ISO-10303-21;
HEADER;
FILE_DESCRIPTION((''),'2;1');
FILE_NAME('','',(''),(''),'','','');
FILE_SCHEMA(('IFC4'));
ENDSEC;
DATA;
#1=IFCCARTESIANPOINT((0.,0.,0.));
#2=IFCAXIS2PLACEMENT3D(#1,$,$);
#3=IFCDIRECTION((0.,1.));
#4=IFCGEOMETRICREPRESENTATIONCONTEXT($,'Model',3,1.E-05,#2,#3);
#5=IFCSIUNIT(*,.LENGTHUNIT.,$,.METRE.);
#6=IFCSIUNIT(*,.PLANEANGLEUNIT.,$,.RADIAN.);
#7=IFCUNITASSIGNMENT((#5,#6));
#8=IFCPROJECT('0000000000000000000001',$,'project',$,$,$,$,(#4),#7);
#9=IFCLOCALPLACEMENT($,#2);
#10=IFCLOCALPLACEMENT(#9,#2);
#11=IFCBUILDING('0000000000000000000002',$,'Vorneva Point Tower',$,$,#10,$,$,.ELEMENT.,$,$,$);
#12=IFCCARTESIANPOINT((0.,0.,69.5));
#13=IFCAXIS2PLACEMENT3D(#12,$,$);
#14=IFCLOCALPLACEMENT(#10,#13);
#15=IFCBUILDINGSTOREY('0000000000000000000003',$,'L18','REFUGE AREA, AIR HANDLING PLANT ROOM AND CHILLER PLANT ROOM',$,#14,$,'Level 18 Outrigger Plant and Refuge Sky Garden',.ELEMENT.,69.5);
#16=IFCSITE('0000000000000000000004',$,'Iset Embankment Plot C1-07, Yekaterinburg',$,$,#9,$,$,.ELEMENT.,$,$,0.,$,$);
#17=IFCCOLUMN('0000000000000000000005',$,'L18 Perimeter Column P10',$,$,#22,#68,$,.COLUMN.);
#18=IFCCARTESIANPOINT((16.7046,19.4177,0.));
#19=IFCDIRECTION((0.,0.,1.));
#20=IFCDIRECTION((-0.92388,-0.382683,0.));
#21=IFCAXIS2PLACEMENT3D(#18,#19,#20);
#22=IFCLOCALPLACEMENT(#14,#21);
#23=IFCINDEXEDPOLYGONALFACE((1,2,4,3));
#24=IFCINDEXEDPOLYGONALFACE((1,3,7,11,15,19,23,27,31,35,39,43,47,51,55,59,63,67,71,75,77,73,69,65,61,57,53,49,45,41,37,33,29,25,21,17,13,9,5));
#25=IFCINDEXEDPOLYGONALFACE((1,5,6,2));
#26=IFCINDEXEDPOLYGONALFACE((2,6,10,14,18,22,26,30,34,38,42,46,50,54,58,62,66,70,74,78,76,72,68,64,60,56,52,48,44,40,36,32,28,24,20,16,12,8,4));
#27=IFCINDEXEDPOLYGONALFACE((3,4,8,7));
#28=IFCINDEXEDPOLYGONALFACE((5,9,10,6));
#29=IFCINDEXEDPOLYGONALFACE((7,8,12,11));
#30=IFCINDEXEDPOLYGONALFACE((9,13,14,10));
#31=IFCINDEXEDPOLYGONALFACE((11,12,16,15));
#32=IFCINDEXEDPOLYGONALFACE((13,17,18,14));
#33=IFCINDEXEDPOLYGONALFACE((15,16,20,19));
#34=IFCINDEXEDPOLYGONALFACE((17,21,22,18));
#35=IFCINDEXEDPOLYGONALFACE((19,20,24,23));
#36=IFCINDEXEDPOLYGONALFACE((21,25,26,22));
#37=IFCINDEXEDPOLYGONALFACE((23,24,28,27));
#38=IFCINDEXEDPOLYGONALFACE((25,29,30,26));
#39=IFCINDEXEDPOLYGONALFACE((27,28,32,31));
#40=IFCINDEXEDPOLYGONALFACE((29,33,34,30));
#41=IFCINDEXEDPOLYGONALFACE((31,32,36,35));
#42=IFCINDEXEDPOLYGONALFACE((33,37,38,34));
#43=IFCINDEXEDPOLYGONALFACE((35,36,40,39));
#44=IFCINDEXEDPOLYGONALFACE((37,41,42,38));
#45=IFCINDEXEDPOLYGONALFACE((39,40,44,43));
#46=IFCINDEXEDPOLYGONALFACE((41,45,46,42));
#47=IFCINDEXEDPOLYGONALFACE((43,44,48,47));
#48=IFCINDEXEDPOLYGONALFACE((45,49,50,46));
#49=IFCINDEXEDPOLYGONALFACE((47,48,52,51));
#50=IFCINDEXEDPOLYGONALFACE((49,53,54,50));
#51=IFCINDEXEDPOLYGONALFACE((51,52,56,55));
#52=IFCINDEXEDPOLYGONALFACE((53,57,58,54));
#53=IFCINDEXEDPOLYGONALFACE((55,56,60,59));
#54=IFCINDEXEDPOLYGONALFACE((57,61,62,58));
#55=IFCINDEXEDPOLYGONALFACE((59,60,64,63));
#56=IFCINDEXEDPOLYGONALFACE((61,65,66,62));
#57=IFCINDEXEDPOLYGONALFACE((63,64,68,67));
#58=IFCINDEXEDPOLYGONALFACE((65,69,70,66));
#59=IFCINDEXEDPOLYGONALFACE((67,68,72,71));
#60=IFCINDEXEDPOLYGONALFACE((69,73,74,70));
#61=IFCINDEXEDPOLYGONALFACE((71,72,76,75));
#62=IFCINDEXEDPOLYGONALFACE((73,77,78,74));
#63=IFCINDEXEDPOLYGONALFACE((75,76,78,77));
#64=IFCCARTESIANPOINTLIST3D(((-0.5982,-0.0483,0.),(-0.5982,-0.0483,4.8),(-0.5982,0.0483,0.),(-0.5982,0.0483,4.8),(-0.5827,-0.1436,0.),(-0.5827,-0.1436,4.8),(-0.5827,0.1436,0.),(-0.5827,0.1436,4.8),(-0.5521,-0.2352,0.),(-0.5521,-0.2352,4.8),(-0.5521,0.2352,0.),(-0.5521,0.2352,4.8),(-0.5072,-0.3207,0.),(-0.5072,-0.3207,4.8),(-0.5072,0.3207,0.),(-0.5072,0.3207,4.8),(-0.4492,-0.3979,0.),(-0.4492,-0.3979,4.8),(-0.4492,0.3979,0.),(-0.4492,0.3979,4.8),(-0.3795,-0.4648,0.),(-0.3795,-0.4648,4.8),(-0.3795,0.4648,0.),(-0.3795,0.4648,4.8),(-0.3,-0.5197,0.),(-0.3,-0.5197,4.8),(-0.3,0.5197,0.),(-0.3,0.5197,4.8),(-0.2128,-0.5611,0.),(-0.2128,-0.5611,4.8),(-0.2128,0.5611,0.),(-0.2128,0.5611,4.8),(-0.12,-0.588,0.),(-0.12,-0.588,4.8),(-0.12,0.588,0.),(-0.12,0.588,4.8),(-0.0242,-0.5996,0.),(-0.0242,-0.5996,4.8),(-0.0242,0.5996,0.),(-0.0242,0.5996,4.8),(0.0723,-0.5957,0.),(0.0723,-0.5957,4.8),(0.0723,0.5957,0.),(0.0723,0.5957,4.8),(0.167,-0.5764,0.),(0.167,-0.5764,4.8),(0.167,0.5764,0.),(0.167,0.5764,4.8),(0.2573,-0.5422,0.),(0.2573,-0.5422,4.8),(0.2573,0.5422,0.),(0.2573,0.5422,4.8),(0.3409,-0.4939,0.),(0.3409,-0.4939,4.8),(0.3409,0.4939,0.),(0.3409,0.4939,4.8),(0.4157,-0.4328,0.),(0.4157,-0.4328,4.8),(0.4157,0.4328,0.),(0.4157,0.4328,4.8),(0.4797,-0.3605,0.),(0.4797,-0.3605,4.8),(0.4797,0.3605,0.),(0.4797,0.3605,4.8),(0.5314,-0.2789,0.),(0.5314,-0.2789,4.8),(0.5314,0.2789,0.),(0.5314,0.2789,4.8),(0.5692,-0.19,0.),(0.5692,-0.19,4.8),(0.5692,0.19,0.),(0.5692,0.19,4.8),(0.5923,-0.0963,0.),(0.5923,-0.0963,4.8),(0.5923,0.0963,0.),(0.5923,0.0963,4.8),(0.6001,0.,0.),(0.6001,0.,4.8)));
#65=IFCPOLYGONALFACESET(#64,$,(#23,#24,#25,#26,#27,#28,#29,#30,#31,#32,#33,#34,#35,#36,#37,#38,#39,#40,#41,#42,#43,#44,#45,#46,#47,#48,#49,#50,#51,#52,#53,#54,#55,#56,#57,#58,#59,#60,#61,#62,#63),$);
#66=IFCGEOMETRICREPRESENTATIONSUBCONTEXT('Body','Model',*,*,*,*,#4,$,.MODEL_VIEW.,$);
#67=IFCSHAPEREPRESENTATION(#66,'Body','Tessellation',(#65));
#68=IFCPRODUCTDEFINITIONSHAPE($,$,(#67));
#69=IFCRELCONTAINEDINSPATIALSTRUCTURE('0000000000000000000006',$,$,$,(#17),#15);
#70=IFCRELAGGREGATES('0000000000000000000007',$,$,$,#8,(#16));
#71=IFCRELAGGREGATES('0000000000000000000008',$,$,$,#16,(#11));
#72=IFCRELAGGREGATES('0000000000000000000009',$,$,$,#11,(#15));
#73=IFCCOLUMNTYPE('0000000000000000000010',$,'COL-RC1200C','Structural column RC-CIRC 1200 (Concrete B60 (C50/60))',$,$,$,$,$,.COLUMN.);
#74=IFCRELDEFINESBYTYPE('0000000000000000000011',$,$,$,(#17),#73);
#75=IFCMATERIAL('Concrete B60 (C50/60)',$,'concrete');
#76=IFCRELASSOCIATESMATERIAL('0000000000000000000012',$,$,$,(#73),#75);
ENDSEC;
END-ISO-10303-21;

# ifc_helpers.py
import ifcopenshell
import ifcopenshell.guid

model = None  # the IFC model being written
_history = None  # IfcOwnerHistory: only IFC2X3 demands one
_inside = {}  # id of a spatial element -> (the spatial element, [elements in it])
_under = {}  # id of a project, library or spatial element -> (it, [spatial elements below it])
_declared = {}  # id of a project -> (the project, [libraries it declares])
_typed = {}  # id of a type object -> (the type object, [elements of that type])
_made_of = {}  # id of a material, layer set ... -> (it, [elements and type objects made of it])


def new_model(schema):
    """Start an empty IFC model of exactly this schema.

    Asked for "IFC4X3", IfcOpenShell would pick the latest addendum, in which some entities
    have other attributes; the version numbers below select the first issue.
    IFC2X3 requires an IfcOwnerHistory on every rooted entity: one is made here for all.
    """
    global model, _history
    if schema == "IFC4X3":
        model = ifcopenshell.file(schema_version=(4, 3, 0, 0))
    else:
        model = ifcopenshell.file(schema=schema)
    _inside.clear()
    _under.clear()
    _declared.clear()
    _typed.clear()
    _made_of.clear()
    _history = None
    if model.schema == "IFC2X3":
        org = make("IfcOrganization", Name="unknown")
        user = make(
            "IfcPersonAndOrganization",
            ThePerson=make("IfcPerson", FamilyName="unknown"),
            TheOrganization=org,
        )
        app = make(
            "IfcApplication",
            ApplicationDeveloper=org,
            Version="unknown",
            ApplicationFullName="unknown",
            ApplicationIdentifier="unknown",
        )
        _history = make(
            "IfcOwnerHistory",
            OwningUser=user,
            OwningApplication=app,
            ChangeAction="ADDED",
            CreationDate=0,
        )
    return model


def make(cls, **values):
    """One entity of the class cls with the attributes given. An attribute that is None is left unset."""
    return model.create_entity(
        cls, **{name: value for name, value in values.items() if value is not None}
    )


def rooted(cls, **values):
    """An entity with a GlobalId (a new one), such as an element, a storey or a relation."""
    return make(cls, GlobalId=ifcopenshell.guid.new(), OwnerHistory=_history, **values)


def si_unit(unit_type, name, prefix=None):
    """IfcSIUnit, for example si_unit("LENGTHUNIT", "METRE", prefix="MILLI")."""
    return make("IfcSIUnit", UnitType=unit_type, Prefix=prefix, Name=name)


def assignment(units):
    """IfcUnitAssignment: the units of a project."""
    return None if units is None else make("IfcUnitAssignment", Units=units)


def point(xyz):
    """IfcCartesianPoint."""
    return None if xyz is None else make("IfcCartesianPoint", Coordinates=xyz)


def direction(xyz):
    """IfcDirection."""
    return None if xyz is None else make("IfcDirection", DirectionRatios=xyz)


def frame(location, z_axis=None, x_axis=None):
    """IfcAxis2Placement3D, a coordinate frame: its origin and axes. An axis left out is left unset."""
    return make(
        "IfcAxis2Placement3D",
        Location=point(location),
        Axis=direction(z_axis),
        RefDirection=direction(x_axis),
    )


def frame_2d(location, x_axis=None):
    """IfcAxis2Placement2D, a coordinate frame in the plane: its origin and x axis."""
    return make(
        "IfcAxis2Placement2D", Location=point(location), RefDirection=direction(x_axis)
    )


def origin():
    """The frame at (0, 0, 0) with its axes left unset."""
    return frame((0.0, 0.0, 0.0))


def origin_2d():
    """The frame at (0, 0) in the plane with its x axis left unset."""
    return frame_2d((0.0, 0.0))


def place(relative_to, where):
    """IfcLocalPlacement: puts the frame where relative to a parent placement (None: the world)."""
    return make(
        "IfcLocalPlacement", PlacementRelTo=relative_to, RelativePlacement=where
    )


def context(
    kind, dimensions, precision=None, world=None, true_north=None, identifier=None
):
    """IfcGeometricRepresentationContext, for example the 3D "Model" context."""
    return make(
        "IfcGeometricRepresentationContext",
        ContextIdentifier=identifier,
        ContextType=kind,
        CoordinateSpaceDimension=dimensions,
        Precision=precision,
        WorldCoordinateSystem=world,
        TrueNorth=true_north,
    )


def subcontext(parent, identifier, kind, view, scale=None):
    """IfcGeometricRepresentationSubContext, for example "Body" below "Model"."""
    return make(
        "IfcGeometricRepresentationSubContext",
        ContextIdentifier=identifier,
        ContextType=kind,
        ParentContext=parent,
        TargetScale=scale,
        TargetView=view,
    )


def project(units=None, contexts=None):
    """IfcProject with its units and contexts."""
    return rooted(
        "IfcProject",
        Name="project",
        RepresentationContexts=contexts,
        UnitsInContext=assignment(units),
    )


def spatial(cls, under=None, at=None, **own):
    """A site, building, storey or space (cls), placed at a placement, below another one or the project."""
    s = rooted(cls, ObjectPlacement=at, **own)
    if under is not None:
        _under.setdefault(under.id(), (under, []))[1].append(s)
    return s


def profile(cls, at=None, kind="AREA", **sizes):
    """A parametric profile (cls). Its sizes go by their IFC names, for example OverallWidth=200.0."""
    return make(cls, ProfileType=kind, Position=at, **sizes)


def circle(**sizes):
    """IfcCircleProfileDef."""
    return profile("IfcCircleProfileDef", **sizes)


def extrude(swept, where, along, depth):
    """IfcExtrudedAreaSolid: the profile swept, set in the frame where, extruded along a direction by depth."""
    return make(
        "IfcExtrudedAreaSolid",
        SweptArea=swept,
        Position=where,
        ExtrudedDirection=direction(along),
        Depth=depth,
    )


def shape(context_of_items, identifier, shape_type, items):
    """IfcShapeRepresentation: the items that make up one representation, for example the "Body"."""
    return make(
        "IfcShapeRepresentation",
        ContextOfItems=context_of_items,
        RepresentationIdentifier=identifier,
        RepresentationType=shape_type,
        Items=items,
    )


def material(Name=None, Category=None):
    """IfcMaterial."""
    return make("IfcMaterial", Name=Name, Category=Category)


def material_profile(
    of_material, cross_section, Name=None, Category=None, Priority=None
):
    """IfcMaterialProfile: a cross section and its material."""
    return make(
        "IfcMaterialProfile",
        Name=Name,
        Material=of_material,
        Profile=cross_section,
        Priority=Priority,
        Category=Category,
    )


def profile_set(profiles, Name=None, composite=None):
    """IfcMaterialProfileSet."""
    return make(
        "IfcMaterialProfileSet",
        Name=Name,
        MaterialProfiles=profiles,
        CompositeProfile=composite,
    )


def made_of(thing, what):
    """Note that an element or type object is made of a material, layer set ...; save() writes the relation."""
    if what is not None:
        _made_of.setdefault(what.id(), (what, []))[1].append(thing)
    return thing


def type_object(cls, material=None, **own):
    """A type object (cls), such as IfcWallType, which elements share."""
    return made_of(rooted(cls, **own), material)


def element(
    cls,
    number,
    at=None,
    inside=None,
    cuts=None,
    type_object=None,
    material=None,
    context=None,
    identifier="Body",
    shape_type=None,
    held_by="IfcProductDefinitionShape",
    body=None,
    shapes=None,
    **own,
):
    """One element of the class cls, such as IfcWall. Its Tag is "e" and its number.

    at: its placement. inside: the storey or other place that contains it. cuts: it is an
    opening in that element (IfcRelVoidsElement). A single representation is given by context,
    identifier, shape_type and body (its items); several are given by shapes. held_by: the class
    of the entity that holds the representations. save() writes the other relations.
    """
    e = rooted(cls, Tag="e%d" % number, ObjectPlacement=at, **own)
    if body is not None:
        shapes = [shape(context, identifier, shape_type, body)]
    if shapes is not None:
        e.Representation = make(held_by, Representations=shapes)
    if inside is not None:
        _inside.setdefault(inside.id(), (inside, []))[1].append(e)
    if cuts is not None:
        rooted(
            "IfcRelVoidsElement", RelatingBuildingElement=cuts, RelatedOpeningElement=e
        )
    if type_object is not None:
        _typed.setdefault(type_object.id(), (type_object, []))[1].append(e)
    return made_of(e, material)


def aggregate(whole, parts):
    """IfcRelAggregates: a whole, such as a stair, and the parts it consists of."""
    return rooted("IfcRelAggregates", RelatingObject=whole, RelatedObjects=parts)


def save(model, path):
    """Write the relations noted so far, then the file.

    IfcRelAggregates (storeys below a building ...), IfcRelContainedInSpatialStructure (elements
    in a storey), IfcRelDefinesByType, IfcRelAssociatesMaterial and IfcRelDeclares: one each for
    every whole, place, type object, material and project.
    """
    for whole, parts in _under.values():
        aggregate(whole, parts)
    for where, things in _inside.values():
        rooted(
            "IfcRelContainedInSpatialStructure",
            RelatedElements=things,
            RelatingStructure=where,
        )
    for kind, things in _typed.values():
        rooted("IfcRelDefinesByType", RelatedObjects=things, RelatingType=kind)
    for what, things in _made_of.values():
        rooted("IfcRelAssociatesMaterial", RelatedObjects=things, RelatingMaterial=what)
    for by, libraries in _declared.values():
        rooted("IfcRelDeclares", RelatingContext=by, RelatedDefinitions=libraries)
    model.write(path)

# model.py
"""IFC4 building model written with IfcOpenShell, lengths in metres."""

from ifc_helpers import new_model, si_unit, direction, frame, origin, origin_2d, place, context, subcontext, project, spatial, circle, extrude, material, material_profile, profile_set, type_object, element, save


model = new_model("IFC4")

# Units and contexts
model_context = context("Model", 3, precision=1e-05, world=origin(), true_north=direction((0.0, 1.0)))
body_context = subcontext(model_context, "Body", "Model", "MODEL_VIEW")
ifc_project = project(units=[si_unit("LENGTHUNIT", "METRE"), si_unit("PLANEANGLEUNIT", "RADIAN")], contexts=[model_context])

# Site, building, storey
site_placement = place(None, origin())
site = spatial("IfcSite", under=ifc_project, at=site_placement, Name="Iset Embankment Plot C1-07, Yekaterinburg", CompositionType="ELEMENT", RefElevation=0.0)
building_placement = place(site_placement, origin())
building = spatial("IfcBuilding", under=site, at=building_placement, Name="Vorneva Point Tower", CompositionType="ELEMENT")
storey_placement = place(building_placement, frame((0.0, 0.0, 69.5)))
storey = spatial("IfcBuildingStorey", under=building, at=storey_placement, Name="L18", Description="REFUGE AREA, AIR HANDLING PLANT ROOM AND CHILLER PLANT ROOM", LongName="Level 18 Outrigger Plant and Refuge Sky Garden", CompositionType="ELEMENT", Elevation=69.5)

# Column
ifc_material_1 = material(Name="Concrete B60 (C50/60)", Category="concrete")
ifc_material_profile_1 = material_profile(ifc_material_1, circle(Radius=0.6001, at=origin_2d()), Name="RC-CIRC 1200")
ifc_profile_set_1 = profile_set([ifc_material_profile_1], Name="Concrete B60 (C50/60)")
column_type = type_object("IfcColumnType", Name="COL-RC1200C", Description="Structural column RC-CIRC 1200 (Concrete B60 (C50/60))", PredefinedType="COLUMN", material=ifc_profile_set_1)
for number, where, z_axis, x_axis, name in (
    (1, (16.7046, 19.4177, 0.0), (0.0, 0.0, 1.0), (-0.92388, -0.382683, 0.0), "L18 Perimeter Column P10"),
):
    element("IfcColumn", number, at=place(storey_placement, frame(where, z_axis=z_axis, x_axis=x_axis)), inside=storey, type_object=column_type, Name=name, PredefinedType="COLUMN", context=body_context, shape_type="SweptSolid", body=[
        extrude(circle(Radius=0.6001, at=origin_2d()), origin(), (0.0, 0.0, 1.0), 4.8),
    ])

save(model, "model.ifc")
